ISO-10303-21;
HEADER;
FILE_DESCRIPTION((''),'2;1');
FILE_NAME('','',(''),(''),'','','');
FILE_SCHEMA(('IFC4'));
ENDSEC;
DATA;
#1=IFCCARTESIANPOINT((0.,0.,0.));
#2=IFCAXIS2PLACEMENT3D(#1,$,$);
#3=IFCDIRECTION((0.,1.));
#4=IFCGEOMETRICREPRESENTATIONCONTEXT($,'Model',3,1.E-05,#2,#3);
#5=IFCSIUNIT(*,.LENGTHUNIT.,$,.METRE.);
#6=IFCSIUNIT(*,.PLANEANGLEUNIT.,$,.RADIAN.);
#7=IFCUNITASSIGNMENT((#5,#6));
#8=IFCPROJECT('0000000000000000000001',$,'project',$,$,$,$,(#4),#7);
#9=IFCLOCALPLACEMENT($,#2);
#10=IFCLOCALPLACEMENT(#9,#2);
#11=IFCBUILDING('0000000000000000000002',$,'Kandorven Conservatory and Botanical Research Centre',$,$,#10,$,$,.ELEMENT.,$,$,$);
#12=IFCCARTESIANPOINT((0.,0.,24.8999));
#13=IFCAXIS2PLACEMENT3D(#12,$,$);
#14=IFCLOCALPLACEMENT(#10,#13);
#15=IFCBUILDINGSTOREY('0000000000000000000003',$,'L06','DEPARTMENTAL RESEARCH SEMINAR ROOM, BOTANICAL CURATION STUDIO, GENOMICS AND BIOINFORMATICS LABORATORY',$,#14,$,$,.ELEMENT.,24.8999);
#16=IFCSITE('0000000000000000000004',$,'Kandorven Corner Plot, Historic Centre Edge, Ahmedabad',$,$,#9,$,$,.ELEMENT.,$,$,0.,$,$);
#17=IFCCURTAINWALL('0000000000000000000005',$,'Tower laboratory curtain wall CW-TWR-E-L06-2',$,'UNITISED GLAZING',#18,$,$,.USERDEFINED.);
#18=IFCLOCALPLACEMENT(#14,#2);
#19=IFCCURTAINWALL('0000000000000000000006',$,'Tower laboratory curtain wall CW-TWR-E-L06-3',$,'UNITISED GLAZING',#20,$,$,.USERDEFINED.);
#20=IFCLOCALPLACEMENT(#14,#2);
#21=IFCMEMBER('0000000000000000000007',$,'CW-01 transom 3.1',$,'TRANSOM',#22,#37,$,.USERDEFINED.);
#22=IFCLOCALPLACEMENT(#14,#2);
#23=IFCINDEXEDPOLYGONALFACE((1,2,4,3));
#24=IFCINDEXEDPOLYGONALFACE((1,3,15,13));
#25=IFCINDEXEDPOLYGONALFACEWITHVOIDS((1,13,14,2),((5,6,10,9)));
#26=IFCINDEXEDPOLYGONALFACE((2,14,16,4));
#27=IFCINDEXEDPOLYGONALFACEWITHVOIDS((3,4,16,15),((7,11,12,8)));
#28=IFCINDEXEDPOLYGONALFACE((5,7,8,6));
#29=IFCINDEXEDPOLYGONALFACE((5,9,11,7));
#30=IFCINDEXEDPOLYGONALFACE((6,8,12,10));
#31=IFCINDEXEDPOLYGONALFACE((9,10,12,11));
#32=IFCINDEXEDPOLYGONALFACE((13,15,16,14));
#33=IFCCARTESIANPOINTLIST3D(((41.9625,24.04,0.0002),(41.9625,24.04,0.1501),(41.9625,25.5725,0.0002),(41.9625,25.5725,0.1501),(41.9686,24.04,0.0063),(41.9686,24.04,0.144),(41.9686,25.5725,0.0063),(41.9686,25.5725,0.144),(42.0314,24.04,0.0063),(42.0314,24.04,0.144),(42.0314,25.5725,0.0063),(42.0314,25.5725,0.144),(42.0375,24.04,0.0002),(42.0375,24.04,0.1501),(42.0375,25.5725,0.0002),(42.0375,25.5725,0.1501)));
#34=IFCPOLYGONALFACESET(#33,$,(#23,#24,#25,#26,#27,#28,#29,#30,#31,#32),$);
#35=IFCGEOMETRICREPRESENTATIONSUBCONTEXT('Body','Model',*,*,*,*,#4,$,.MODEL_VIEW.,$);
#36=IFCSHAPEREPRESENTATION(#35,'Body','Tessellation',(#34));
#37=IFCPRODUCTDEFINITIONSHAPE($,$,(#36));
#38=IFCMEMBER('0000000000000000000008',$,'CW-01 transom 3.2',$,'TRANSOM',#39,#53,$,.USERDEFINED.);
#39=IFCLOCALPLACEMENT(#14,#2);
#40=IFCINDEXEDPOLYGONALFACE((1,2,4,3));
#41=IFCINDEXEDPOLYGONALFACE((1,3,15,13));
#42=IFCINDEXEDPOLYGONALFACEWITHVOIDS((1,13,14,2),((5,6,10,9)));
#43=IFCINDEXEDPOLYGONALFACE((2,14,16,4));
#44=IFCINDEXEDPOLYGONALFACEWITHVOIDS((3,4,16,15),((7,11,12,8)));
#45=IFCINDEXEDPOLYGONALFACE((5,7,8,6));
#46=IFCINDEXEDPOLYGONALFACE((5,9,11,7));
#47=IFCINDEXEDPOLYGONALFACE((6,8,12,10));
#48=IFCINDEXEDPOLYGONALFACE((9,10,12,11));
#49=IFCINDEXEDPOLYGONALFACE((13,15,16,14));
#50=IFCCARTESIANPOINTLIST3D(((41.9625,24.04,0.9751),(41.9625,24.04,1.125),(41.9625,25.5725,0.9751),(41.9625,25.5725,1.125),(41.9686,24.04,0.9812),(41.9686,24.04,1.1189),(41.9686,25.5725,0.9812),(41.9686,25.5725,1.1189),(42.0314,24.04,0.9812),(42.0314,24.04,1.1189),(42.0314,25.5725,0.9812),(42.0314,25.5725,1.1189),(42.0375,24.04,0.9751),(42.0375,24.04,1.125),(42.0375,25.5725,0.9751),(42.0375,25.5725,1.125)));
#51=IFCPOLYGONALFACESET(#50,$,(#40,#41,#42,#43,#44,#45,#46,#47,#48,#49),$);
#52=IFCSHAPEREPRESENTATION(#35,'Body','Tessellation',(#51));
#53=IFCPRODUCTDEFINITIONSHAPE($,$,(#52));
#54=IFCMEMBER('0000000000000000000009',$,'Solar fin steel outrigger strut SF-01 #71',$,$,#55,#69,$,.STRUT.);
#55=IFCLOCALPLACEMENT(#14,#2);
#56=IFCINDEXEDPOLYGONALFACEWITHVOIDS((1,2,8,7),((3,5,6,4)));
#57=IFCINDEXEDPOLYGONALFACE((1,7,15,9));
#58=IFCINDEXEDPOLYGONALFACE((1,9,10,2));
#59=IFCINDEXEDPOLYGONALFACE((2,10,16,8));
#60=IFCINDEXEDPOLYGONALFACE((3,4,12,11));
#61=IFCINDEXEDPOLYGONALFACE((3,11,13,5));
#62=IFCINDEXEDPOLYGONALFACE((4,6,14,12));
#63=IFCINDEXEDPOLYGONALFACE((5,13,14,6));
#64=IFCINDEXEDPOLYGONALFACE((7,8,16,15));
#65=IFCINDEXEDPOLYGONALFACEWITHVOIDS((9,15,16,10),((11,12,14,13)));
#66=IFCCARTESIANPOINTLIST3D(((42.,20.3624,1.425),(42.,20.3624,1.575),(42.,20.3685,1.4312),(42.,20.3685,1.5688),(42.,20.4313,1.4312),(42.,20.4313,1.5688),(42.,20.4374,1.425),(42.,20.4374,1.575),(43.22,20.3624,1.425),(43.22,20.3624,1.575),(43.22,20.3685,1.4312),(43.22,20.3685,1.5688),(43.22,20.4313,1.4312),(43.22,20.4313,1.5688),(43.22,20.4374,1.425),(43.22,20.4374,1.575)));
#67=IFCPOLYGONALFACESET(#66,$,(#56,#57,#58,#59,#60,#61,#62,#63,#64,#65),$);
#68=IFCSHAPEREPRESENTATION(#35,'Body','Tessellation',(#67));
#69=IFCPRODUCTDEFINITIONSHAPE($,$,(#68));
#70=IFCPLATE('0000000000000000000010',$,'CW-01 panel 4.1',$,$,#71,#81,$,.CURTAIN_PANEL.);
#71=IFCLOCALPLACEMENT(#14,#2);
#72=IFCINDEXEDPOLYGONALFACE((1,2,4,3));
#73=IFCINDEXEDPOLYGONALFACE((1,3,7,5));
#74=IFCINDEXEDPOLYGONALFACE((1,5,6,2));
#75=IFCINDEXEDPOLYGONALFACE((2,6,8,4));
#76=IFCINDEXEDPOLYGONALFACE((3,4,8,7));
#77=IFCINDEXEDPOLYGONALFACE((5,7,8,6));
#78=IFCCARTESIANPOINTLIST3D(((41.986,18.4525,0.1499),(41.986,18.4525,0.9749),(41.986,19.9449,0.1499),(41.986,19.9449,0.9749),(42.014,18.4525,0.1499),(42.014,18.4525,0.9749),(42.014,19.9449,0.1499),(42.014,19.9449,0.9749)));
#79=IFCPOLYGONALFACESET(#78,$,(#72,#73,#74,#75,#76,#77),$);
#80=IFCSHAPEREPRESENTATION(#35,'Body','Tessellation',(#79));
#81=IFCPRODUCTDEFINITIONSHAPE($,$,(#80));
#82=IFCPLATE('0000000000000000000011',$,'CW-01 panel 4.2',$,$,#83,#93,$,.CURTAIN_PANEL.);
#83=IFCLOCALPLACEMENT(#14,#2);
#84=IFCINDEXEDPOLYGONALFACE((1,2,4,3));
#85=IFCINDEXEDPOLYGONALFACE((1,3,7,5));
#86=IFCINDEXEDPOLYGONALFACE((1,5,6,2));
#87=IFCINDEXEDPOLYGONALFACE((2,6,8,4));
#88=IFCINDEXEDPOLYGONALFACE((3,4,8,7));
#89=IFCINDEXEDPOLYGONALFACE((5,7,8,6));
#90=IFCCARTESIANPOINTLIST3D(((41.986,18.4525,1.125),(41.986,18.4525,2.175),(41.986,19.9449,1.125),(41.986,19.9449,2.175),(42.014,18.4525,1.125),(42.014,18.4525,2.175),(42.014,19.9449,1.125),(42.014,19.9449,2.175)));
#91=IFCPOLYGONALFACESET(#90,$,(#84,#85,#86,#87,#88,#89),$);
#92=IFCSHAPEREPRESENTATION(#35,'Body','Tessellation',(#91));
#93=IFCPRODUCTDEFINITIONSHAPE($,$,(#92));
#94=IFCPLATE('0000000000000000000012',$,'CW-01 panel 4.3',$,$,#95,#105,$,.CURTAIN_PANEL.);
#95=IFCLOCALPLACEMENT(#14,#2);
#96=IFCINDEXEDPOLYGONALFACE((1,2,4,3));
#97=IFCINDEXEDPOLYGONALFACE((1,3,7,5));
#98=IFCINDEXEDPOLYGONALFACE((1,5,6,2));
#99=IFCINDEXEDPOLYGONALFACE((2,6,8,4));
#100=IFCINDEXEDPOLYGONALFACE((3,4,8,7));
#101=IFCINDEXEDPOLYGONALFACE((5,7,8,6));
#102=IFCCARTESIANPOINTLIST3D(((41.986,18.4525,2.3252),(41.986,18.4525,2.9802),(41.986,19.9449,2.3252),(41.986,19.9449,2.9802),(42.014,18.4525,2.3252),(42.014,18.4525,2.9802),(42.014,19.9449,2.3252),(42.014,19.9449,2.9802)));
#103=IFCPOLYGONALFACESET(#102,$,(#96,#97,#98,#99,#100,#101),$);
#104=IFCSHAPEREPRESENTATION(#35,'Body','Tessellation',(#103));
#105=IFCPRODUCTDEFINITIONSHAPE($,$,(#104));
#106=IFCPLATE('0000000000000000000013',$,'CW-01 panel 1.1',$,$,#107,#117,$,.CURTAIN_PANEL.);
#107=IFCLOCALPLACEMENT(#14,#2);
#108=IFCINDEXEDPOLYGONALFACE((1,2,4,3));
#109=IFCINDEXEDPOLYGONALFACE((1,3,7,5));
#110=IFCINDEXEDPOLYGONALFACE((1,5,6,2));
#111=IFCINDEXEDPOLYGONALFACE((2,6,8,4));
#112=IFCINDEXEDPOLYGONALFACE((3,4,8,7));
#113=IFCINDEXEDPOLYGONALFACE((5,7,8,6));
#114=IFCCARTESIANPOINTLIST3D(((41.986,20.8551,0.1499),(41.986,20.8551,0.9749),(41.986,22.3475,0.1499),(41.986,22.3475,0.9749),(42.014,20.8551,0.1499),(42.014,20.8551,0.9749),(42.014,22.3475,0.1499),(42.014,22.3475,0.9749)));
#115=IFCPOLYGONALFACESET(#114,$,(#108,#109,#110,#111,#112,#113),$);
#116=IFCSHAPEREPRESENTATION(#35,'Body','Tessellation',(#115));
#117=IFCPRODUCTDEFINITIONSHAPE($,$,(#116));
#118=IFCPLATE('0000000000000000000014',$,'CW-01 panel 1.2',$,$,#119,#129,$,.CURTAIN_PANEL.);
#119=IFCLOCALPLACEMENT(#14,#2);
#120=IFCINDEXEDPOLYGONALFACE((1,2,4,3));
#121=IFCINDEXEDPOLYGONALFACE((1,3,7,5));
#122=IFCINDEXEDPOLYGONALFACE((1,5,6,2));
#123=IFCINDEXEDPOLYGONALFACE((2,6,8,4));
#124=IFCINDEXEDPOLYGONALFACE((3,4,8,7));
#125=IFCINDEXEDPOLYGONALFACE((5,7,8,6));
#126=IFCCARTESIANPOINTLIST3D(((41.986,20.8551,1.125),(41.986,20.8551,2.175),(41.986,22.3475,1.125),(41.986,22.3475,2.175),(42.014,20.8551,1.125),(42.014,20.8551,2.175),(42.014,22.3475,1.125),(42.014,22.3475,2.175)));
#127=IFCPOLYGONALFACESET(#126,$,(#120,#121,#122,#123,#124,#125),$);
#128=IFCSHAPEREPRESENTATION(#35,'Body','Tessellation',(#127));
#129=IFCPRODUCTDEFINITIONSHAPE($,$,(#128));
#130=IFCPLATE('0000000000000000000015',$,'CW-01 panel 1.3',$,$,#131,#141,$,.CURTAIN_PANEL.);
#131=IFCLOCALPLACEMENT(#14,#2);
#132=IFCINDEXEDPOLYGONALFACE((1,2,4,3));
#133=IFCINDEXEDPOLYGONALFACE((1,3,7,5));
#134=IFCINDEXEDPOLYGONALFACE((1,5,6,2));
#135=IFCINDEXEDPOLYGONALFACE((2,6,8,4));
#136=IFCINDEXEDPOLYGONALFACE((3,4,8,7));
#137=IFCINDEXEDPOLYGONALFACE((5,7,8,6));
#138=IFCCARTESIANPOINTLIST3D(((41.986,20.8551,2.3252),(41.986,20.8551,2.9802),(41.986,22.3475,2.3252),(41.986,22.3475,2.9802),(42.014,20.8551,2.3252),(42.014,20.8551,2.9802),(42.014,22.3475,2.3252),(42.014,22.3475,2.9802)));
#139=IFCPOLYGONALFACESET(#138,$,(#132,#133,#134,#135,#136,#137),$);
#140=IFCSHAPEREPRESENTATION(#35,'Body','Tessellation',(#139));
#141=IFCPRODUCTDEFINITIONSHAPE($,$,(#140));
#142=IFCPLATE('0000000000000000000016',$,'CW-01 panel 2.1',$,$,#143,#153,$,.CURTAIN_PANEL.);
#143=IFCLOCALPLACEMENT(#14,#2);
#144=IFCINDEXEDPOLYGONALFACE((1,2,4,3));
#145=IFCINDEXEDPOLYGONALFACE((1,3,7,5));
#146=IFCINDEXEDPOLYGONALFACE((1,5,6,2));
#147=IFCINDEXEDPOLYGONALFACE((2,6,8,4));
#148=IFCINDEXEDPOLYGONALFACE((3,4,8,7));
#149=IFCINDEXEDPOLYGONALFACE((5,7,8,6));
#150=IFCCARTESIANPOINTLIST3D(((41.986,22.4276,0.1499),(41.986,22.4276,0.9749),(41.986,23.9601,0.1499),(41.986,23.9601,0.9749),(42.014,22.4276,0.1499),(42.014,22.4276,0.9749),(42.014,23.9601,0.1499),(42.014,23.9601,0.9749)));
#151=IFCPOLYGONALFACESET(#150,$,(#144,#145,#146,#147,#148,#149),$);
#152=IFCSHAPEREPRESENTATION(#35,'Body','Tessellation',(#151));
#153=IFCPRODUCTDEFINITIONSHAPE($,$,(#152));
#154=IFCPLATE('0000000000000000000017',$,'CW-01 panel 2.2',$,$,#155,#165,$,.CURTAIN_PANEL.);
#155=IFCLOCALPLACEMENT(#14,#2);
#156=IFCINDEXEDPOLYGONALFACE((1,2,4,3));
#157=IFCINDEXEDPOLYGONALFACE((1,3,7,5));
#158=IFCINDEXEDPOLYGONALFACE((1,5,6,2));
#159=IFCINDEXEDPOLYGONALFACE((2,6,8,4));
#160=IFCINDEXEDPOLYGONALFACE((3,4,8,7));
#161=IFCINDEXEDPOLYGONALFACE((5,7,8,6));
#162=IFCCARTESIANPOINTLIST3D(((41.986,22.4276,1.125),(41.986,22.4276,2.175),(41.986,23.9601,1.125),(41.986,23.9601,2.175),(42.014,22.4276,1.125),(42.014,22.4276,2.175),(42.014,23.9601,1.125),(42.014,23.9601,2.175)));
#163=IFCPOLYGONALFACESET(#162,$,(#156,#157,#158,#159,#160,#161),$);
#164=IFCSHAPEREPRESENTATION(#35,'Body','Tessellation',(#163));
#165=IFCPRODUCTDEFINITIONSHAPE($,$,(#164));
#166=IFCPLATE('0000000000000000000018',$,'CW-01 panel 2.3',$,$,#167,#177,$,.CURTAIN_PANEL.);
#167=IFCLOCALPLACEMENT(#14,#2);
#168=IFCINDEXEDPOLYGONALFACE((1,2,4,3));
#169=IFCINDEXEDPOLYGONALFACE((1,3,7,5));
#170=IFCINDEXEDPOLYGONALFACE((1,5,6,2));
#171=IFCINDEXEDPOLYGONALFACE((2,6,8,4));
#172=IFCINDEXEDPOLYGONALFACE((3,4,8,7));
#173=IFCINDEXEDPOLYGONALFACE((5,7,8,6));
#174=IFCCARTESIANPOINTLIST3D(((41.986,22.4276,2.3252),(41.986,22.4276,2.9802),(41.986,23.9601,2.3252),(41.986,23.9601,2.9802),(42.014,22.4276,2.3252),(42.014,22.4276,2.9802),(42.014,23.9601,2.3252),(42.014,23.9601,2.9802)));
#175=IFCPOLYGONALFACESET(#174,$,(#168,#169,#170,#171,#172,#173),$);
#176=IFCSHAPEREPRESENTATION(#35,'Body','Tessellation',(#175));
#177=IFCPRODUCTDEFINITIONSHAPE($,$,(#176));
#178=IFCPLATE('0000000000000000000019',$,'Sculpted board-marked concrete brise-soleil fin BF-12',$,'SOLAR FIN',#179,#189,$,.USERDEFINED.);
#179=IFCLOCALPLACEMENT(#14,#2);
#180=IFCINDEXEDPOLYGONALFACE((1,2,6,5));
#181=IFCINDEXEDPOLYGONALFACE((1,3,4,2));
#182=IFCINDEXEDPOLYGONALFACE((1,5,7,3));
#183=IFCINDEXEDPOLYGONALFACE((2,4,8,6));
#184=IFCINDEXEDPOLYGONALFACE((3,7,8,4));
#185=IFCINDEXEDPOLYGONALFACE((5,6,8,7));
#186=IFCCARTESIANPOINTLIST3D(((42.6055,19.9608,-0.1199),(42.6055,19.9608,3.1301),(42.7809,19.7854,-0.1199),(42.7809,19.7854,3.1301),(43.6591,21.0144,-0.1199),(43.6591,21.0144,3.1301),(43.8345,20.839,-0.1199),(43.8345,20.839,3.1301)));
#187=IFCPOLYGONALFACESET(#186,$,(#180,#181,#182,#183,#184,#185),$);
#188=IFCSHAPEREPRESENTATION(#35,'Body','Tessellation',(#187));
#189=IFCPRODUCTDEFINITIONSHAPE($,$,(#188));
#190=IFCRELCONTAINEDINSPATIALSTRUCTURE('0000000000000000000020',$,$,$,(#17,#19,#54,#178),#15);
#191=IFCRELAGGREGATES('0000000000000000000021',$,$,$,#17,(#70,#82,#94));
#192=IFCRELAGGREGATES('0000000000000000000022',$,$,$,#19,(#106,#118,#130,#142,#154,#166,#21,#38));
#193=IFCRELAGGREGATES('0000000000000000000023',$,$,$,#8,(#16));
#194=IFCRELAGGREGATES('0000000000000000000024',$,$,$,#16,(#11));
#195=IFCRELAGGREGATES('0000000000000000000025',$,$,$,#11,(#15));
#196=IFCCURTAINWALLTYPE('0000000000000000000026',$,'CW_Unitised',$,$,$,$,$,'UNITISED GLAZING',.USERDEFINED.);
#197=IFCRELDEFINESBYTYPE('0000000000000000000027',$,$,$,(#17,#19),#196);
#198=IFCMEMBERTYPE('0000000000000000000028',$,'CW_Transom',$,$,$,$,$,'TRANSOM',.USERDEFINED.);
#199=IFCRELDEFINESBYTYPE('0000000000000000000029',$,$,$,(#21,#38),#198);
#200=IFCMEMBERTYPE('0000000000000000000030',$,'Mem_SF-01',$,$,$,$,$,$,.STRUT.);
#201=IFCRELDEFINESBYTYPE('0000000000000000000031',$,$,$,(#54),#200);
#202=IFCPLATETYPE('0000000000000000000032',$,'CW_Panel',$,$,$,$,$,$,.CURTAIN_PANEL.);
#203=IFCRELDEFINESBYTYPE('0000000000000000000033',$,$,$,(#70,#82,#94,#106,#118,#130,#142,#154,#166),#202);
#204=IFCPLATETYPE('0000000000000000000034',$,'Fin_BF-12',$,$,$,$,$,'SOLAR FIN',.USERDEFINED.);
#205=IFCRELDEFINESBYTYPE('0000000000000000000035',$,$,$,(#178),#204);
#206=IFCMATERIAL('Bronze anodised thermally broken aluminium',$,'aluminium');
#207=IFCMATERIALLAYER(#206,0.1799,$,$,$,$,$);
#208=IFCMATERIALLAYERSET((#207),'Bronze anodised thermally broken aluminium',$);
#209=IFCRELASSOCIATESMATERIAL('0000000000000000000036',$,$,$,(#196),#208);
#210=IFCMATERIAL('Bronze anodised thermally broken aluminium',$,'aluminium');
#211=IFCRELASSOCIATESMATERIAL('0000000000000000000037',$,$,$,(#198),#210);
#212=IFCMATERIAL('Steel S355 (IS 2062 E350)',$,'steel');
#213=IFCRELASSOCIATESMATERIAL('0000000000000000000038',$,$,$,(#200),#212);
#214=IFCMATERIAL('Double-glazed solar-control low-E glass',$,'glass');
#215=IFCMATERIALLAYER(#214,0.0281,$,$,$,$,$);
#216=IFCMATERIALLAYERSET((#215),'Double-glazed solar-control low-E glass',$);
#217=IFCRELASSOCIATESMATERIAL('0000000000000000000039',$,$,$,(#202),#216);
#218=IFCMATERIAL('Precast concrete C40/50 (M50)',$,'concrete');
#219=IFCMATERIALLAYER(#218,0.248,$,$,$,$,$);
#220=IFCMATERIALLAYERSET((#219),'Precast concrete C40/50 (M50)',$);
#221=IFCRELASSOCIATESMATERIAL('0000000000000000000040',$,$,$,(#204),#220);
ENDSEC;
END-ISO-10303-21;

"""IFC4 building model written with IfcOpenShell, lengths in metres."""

from ifc_helpers import new_model, si_unit, direction, frame, origin, origin_2d, place, context, subcontext, project, spatial, rectangle, hollow_rectangle, extrude, material, layer, layer_set, material_profile, profile_set, type_object, element, aggregate, save


model = new_model("IFC4")

# Units and contexts
model_context = context("Model", 3, precision=1e-05, world=origin(), true_north=direction((0.0, 1.0)))
body_context = subcontext(model_context, "Body", "Model", "MODEL_VIEW")
ifc_project = project(units=[si_unit("LENGTHUNIT", "METRE"), si_unit("PLANEANGLEUNIT", "RADIAN")], contexts=[model_context])

# Site, building, storey
site_placement = place(None, origin())
site = spatial("IfcSite", under=ifc_project, at=site_placement, Name="Kandorven Corner Plot, Historic Centre Edge, Ahmedabad", CompositionType="ELEMENT", RefElevation=0.0)
building_placement = place(site_placement, origin())
building = spatial("IfcBuilding", under=site, at=building_placement, Name="Kandorven Conservatory and Botanical Research Centre", CompositionType="ELEMENT")
storey_placement = place(building_placement, frame((0.0, 0.0, 24.8999)))
storey = spatial("IfcBuildingStorey", under=building, at=storey_placement, Name="L06", Description="DEPARTMENTAL RESEARCH SEMINAR ROOM, BOTANICAL CURATION STUDIO, GENOMICS AND BIOINFORMATICS LABORATORY", CompositionType="ELEMENT", Elevation=24.8999)

# Curtain wall
ifc_material_1 = material(Name="Bronze anodised thermally broken aluminium", Category="aluminium")
ifc_layer_1 = layer(ifc_material_1, 0.1799)
ifc_layer_set_1 = layer_set([ifc_layer_1], Name="Bronze anodised thermally broken aluminium")
curtain_wall_type = type_object("IfcCurtainWallType", Name="CW_Unitised", ElementType="UNITISED GLAZING", PredefinedType="USERDEFINED", material=ifc_layer_set_1)
curtain_wall_1_placement = place(storey_placement, origin())
curtain_wall_1 = element("IfcCurtainWall", 1, at=curtain_wall_1_placement, inside=storey, type_object=curtain_wall_type, Name="Tower laboratory curtain wall CW-TWR-E-L06-2", ObjectType="UNITISED GLAZING", PredefinedType="USERDEFINED")

# Curtain wall, members
curtain_wall_2_placement = place(storey_placement, origin())
curtain_wall_2 = element("IfcCurtainWall", 2, at=curtain_wall_2_placement, inside=storey, type_object=curtain_wall_type, Name="Tower laboratory curtain wall CW-TWR-E-L06-3", ObjectType="UNITISED GLAZING", PredefinedType="USERDEFINED")
ifc_material_2 = material(Name="Bronze anodised thermally broken aluminium", Category="aluminium")
ifc_material_profile_1 = material_profile(ifc_material_2, hollow_rectangle(XDim=0.075, YDim=0.1499, WallThickness=0.0061, at=origin_2d()))
ifc_profile_set_1 = profile_set([ifc_material_profile_1], Name="Bronze anodised thermally broken aluminium")
member_type_1 = type_object("IfcMemberType", Name="CW_Transom", ElementType="TRANSOM", PredefinedType="USERDEFINED", material=ifc_profile_set_1)
member_1_placement = place(storey_placement, frame((42.0, 24.04, 0.0752), z_axis=(0.0, 1.0, 0.0), x_axis=(-1.0, 0.0, 0.0)))
member_1 = element("IfcMember", 3, at=member_1_placement, type_object=member_type_1, Name="CW-01 transom 3.1", ObjectType="TRANSOM", PredefinedType="USERDEFINED", context=body_context, shape_type="SweptSolid", body=[
    extrude(hollow_rectangle(XDim=0.075, YDim=0.1499, WallThickness=0.0061, at=origin_2d()), origin(), (0.0, 0.0, 1.0), 1.5325),
])
member_2_placement = place(storey_placement, frame((42.0, 24.04, 1.05), z_axis=(0.0, 1.0, 0.0), x_axis=(-1.0, 0.0, 0.0)))
member_2 = element("IfcMember", 4, at=member_2_placement, type_object=member_type_1, Name="CW-01 transom 3.2", ObjectType="TRANSOM", PredefinedType="USERDEFINED", context=body_context, shape_type="SweptSolid", body=[
    extrude(hollow_rectangle(XDim=0.075, YDim=0.1499, WallThickness=0.0061, at=origin_2d()), origin(), (0.0, 0.0, 1.0), 1.5325),
])

# Member
ifc_material_3 = material(Name="Steel S355 (IS 2062 E350)", Category="steel")
ifc_material_profile_2 = material_profile(ifc_material_3, hollow_rectangle(XDim=0.075, YDim=0.1499, WallThickness=0.0061, at=origin_2d()))
ifc_profile_set_2 = profile_set([ifc_material_profile_2], Name="Steel S355 (IS 2062 E350)")
member_type_2 = type_object("IfcMemberType", Name="Mem_SF-01", PredefinedType="STRUT", material=ifc_profile_set_2)
member_3_placement = place(storey_placement, frame((42.0, 20.3999, 1.5), z_axis=(1.0, 0.0, 0.0), x_axis=(0.0, 1.0, 0.0)))
element("IfcMember", 5, at=member_3_placement, inside=storey, type_object=member_type_2, Name="Solar fin steel outrigger strut SF-01 #71", PredefinedType="STRUT", context=body_context, shape_type="SweptSolid", body=[
    extrude(hollow_rectangle(XDim=0.075, YDim=0.1499, WallThickness=0.0061, at=origin_2d()), origin(), (0.0, 0.0, 1.0), 1.22),
])

# Plates
ifc_material_4 = material(Name="Double-glazed solar-control low-E glass", Category="glass")
ifc_layer_2 = layer(ifc_material_4, 0.0281)
ifc_layer_set_2 = layer_set([ifc_layer_2], Name="Double-glazed solar-control low-E glass")
plate_type_1 = type_object("IfcPlateType", Name="CW_Panel", PredefinedType="CURTAIN_PANEL", material=ifc_layer_set_2)
plate_1_placement = place(storey_placement, frame((42.0, 19.1987, 0.1499), z_axis=(0.0, 0.0, 1.0), x_axis=(0.0, 1.0, 0.0)))
plate_1 = element("IfcPlate", 6, at=plate_1_placement, type_object=plate_type_1, Name="CW-01 panel 4.1", PredefinedType="CURTAIN_PANEL", context=body_context, shape_type="SweptSolid", body=[
    extrude(rectangle(XDim=1.4924, YDim=0.0281, at=origin_2d()), origin(), (0.0, 0.0, 1.0), 0.825),
])
plate_2_placement = place(storey_placement, frame((42.0, 19.1987, 1.125), z_axis=(0.0, 0.0, 1.0), x_axis=(0.0, 1.0, 0.0)))
plate_2 = element("IfcPlate", 7, at=plate_2_placement, type_object=plate_type_1, Name="CW-01 panel 4.2", PredefinedType="CURTAIN_PANEL", context=body_context, shape_type="SweptSolid", body=[
    extrude(rectangle(XDim=1.4924, YDim=0.0281, at=origin_2d()), origin(), (0.0, 0.0, 1.0), 1.05),
])
plate_3_placement = place(storey_placement, frame((42.0, 19.1987, 2.3252), z_axis=(0.0, 0.0, 1.0), x_axis=(0.0, 1.0, 0.0)))
plate_3 = element("IfcPlate", 8, at=plate_3_placement, type_object=plate_type_1, Name="CW-01 panel 4.3", PredefinedType="CURTAIN_PANEL", context=body_context, shape_type="SweptSolid", body=[
    extrude(rectangle(XDim=1.4924, YDim=0.0281, at=origin_2d()), origin(), (0.0, 0.0, 1.0), 0.655),
])
aggregate(curtain_wall_1, [plate_1, plate_2, plate_3])
plate_4_placement = place(storey_placement, frame((42.0, 21.6013, 0.1499), z_axis=(0.0, 0.0, 1.0), x_axis=(0.0, 1.0, 0.0)))
plate_4 = element("IfcPlate", 9, at=plate_4_placement, type_object=plate_type_1, Name="CW-01 panel 1.1", PredefinedType="CURTAIN_PANEL", context=body_context, shape_type="SweptSolid", body=[
    extrude(rectangle(XDim=1.4924, YDim=0.0281, at=origin_2d()), origin(), (0.0, 0.0, 1.0), 0.825),
])
plate_5_placement = place(storey_placement, frame((42.0, 21.6013, 1.125), z_axis=(0.0, 0.0, 1.0), x_axis=(0.0, 1.0, 0.0)))
plate_5 = element("IfcPlate", 10, at=plate_5_placement, type_object=plate_type_1, Name="CW-01 panel 1.2", PredefinedType="CURTAIN_PANEL", context=body_context, shape_type="SweptSolid", body=[
    extrude(rectangle(XDim=1.4924, YDim=0.0281, at=origin_2d()), origin(), (0.0, 0.0, 1.0), 1.05),
])
plate_6_placement = place(storey_placement, frame((42.0, 21.6013, 2.3252), z_axis=(0.0, 0.0, 1.0), x_axis=(0.0, 1.0, 0.0)))
plate_6 = element("IfcPlate", 11, at=plate_6_placement, type_object=plate_type_1, Name="CW-01 panel 1.3", PredefinedType="CURTAIN_PANEL", context=body_context, shape_type="SweptSolid", body=[
    extrude(rectangle(XDim=1.4924, YDim=0.0281, at=origin_2d()), origin(), (0.0, 0.0, 1.0), 0.655),
])
plate_7_placement = place(storey_placement, frame((42.0, 23.1938, 0.1499), z_axis=(0.0, 0.0, 1.0), x_axis=(0.0, 1.0, 0.0)))
plate_7 = element("IfcPlate", 12, at=plate_7_placement, type_object=plate_type_1, Name="CW-01 panel 2.1", PredefinedType="CURTAIN_PANEL", context=body_context, shape_type="SweptSolid", body=[
    extrude(rectangle(XDim=1.5325, YDim=0.0281, at=origin_2d()), origin(), (0.0, 0.0, 1.0), 0.825),
])
plate_8_placement = place(storey_placement, frame((42.0, 23.1938, 1.125), z_axis=(0.0, 0.0, 1.0), x_axis=(0.0, 1.0, 0.0)))
plate_8 = element("IfcPlate", 13, at=plate_8_placement, type_object=plate_type_1, Name="CW-01 panel 2.2", PredefinedType="CURTAIN_PANEL", context=body_context, shape_type="SweptSolid", body=[
    extrude(rectangle(XDim=1.5325, YDim=0.0281, at=origin_2d()), origin(), (0.0, 0.0, 1.0), 1.05),
])
plate_9_placement = place(storey_placement, frame((42.0, 23.1938, 2.3252), z_axis=(0.0, 0.0, 1.0), x_axis=(0.0, 1.0, 0.0)))
plate_9 = element("IfcPlate", 14, at=plate_9_placement, type_object=plate_type_1, Name="CW-01 panel 2.3", PredefinedType="CURTAIN_PANEL", context=body_context, shape_type="SweptSolid", body=[
    extrude(rectangle(XDim=1.5325, YDim=0.0281, at=origin_2d()), origin(), (0.0, 0.0, 1.0), 0.655),
])
aggregate(curtain_wall_2, [plate_4, plate_5, plate_6, plate_7, plate_8, plate_9, member_1, member_2])

# Plate
ifc_material_5 = material(Name="Precast concrete C40/50 (M50)", Category="concrete")
ifc_layer_3 = layer(ifc_material_5, 0.248)
ifc_layer_set_3 = layer_set([ifc_layer_3], Name="Precast concrete C40/50 (M50)")
plate_type_2 = type_object("IfcPlateType", Name="Fin_BF-12", ElementType="SOLAR FIN", PredefinedType="USERDEFINED", material=ifc_layer_set_3)
plate_10_placement = place(storey_placement, frame((43.22, 20.3999, -0.1199), z_axis=(0.0, 0.0, 1.0), x_axis=(0.707107, 0.707107, 0.0)))
element("IfcPlate", 15, at=plate_10_placement, inside=storey, type_object=plate_type_2, Name="Sculpted board-marked concrete brise-soleil fin BF-12", ObjectType="SOLAR FIN", PredefinedType="USERDEFINED", context=body_context, shape_type="SweptSolid", body=[
    extrude(rectangle(XDim=1.49, YDim=0.248, at=origin_2d()), origin(), (0.0, 0.0, 1.0), 3.25),
])

save(model, "model.ifc")
